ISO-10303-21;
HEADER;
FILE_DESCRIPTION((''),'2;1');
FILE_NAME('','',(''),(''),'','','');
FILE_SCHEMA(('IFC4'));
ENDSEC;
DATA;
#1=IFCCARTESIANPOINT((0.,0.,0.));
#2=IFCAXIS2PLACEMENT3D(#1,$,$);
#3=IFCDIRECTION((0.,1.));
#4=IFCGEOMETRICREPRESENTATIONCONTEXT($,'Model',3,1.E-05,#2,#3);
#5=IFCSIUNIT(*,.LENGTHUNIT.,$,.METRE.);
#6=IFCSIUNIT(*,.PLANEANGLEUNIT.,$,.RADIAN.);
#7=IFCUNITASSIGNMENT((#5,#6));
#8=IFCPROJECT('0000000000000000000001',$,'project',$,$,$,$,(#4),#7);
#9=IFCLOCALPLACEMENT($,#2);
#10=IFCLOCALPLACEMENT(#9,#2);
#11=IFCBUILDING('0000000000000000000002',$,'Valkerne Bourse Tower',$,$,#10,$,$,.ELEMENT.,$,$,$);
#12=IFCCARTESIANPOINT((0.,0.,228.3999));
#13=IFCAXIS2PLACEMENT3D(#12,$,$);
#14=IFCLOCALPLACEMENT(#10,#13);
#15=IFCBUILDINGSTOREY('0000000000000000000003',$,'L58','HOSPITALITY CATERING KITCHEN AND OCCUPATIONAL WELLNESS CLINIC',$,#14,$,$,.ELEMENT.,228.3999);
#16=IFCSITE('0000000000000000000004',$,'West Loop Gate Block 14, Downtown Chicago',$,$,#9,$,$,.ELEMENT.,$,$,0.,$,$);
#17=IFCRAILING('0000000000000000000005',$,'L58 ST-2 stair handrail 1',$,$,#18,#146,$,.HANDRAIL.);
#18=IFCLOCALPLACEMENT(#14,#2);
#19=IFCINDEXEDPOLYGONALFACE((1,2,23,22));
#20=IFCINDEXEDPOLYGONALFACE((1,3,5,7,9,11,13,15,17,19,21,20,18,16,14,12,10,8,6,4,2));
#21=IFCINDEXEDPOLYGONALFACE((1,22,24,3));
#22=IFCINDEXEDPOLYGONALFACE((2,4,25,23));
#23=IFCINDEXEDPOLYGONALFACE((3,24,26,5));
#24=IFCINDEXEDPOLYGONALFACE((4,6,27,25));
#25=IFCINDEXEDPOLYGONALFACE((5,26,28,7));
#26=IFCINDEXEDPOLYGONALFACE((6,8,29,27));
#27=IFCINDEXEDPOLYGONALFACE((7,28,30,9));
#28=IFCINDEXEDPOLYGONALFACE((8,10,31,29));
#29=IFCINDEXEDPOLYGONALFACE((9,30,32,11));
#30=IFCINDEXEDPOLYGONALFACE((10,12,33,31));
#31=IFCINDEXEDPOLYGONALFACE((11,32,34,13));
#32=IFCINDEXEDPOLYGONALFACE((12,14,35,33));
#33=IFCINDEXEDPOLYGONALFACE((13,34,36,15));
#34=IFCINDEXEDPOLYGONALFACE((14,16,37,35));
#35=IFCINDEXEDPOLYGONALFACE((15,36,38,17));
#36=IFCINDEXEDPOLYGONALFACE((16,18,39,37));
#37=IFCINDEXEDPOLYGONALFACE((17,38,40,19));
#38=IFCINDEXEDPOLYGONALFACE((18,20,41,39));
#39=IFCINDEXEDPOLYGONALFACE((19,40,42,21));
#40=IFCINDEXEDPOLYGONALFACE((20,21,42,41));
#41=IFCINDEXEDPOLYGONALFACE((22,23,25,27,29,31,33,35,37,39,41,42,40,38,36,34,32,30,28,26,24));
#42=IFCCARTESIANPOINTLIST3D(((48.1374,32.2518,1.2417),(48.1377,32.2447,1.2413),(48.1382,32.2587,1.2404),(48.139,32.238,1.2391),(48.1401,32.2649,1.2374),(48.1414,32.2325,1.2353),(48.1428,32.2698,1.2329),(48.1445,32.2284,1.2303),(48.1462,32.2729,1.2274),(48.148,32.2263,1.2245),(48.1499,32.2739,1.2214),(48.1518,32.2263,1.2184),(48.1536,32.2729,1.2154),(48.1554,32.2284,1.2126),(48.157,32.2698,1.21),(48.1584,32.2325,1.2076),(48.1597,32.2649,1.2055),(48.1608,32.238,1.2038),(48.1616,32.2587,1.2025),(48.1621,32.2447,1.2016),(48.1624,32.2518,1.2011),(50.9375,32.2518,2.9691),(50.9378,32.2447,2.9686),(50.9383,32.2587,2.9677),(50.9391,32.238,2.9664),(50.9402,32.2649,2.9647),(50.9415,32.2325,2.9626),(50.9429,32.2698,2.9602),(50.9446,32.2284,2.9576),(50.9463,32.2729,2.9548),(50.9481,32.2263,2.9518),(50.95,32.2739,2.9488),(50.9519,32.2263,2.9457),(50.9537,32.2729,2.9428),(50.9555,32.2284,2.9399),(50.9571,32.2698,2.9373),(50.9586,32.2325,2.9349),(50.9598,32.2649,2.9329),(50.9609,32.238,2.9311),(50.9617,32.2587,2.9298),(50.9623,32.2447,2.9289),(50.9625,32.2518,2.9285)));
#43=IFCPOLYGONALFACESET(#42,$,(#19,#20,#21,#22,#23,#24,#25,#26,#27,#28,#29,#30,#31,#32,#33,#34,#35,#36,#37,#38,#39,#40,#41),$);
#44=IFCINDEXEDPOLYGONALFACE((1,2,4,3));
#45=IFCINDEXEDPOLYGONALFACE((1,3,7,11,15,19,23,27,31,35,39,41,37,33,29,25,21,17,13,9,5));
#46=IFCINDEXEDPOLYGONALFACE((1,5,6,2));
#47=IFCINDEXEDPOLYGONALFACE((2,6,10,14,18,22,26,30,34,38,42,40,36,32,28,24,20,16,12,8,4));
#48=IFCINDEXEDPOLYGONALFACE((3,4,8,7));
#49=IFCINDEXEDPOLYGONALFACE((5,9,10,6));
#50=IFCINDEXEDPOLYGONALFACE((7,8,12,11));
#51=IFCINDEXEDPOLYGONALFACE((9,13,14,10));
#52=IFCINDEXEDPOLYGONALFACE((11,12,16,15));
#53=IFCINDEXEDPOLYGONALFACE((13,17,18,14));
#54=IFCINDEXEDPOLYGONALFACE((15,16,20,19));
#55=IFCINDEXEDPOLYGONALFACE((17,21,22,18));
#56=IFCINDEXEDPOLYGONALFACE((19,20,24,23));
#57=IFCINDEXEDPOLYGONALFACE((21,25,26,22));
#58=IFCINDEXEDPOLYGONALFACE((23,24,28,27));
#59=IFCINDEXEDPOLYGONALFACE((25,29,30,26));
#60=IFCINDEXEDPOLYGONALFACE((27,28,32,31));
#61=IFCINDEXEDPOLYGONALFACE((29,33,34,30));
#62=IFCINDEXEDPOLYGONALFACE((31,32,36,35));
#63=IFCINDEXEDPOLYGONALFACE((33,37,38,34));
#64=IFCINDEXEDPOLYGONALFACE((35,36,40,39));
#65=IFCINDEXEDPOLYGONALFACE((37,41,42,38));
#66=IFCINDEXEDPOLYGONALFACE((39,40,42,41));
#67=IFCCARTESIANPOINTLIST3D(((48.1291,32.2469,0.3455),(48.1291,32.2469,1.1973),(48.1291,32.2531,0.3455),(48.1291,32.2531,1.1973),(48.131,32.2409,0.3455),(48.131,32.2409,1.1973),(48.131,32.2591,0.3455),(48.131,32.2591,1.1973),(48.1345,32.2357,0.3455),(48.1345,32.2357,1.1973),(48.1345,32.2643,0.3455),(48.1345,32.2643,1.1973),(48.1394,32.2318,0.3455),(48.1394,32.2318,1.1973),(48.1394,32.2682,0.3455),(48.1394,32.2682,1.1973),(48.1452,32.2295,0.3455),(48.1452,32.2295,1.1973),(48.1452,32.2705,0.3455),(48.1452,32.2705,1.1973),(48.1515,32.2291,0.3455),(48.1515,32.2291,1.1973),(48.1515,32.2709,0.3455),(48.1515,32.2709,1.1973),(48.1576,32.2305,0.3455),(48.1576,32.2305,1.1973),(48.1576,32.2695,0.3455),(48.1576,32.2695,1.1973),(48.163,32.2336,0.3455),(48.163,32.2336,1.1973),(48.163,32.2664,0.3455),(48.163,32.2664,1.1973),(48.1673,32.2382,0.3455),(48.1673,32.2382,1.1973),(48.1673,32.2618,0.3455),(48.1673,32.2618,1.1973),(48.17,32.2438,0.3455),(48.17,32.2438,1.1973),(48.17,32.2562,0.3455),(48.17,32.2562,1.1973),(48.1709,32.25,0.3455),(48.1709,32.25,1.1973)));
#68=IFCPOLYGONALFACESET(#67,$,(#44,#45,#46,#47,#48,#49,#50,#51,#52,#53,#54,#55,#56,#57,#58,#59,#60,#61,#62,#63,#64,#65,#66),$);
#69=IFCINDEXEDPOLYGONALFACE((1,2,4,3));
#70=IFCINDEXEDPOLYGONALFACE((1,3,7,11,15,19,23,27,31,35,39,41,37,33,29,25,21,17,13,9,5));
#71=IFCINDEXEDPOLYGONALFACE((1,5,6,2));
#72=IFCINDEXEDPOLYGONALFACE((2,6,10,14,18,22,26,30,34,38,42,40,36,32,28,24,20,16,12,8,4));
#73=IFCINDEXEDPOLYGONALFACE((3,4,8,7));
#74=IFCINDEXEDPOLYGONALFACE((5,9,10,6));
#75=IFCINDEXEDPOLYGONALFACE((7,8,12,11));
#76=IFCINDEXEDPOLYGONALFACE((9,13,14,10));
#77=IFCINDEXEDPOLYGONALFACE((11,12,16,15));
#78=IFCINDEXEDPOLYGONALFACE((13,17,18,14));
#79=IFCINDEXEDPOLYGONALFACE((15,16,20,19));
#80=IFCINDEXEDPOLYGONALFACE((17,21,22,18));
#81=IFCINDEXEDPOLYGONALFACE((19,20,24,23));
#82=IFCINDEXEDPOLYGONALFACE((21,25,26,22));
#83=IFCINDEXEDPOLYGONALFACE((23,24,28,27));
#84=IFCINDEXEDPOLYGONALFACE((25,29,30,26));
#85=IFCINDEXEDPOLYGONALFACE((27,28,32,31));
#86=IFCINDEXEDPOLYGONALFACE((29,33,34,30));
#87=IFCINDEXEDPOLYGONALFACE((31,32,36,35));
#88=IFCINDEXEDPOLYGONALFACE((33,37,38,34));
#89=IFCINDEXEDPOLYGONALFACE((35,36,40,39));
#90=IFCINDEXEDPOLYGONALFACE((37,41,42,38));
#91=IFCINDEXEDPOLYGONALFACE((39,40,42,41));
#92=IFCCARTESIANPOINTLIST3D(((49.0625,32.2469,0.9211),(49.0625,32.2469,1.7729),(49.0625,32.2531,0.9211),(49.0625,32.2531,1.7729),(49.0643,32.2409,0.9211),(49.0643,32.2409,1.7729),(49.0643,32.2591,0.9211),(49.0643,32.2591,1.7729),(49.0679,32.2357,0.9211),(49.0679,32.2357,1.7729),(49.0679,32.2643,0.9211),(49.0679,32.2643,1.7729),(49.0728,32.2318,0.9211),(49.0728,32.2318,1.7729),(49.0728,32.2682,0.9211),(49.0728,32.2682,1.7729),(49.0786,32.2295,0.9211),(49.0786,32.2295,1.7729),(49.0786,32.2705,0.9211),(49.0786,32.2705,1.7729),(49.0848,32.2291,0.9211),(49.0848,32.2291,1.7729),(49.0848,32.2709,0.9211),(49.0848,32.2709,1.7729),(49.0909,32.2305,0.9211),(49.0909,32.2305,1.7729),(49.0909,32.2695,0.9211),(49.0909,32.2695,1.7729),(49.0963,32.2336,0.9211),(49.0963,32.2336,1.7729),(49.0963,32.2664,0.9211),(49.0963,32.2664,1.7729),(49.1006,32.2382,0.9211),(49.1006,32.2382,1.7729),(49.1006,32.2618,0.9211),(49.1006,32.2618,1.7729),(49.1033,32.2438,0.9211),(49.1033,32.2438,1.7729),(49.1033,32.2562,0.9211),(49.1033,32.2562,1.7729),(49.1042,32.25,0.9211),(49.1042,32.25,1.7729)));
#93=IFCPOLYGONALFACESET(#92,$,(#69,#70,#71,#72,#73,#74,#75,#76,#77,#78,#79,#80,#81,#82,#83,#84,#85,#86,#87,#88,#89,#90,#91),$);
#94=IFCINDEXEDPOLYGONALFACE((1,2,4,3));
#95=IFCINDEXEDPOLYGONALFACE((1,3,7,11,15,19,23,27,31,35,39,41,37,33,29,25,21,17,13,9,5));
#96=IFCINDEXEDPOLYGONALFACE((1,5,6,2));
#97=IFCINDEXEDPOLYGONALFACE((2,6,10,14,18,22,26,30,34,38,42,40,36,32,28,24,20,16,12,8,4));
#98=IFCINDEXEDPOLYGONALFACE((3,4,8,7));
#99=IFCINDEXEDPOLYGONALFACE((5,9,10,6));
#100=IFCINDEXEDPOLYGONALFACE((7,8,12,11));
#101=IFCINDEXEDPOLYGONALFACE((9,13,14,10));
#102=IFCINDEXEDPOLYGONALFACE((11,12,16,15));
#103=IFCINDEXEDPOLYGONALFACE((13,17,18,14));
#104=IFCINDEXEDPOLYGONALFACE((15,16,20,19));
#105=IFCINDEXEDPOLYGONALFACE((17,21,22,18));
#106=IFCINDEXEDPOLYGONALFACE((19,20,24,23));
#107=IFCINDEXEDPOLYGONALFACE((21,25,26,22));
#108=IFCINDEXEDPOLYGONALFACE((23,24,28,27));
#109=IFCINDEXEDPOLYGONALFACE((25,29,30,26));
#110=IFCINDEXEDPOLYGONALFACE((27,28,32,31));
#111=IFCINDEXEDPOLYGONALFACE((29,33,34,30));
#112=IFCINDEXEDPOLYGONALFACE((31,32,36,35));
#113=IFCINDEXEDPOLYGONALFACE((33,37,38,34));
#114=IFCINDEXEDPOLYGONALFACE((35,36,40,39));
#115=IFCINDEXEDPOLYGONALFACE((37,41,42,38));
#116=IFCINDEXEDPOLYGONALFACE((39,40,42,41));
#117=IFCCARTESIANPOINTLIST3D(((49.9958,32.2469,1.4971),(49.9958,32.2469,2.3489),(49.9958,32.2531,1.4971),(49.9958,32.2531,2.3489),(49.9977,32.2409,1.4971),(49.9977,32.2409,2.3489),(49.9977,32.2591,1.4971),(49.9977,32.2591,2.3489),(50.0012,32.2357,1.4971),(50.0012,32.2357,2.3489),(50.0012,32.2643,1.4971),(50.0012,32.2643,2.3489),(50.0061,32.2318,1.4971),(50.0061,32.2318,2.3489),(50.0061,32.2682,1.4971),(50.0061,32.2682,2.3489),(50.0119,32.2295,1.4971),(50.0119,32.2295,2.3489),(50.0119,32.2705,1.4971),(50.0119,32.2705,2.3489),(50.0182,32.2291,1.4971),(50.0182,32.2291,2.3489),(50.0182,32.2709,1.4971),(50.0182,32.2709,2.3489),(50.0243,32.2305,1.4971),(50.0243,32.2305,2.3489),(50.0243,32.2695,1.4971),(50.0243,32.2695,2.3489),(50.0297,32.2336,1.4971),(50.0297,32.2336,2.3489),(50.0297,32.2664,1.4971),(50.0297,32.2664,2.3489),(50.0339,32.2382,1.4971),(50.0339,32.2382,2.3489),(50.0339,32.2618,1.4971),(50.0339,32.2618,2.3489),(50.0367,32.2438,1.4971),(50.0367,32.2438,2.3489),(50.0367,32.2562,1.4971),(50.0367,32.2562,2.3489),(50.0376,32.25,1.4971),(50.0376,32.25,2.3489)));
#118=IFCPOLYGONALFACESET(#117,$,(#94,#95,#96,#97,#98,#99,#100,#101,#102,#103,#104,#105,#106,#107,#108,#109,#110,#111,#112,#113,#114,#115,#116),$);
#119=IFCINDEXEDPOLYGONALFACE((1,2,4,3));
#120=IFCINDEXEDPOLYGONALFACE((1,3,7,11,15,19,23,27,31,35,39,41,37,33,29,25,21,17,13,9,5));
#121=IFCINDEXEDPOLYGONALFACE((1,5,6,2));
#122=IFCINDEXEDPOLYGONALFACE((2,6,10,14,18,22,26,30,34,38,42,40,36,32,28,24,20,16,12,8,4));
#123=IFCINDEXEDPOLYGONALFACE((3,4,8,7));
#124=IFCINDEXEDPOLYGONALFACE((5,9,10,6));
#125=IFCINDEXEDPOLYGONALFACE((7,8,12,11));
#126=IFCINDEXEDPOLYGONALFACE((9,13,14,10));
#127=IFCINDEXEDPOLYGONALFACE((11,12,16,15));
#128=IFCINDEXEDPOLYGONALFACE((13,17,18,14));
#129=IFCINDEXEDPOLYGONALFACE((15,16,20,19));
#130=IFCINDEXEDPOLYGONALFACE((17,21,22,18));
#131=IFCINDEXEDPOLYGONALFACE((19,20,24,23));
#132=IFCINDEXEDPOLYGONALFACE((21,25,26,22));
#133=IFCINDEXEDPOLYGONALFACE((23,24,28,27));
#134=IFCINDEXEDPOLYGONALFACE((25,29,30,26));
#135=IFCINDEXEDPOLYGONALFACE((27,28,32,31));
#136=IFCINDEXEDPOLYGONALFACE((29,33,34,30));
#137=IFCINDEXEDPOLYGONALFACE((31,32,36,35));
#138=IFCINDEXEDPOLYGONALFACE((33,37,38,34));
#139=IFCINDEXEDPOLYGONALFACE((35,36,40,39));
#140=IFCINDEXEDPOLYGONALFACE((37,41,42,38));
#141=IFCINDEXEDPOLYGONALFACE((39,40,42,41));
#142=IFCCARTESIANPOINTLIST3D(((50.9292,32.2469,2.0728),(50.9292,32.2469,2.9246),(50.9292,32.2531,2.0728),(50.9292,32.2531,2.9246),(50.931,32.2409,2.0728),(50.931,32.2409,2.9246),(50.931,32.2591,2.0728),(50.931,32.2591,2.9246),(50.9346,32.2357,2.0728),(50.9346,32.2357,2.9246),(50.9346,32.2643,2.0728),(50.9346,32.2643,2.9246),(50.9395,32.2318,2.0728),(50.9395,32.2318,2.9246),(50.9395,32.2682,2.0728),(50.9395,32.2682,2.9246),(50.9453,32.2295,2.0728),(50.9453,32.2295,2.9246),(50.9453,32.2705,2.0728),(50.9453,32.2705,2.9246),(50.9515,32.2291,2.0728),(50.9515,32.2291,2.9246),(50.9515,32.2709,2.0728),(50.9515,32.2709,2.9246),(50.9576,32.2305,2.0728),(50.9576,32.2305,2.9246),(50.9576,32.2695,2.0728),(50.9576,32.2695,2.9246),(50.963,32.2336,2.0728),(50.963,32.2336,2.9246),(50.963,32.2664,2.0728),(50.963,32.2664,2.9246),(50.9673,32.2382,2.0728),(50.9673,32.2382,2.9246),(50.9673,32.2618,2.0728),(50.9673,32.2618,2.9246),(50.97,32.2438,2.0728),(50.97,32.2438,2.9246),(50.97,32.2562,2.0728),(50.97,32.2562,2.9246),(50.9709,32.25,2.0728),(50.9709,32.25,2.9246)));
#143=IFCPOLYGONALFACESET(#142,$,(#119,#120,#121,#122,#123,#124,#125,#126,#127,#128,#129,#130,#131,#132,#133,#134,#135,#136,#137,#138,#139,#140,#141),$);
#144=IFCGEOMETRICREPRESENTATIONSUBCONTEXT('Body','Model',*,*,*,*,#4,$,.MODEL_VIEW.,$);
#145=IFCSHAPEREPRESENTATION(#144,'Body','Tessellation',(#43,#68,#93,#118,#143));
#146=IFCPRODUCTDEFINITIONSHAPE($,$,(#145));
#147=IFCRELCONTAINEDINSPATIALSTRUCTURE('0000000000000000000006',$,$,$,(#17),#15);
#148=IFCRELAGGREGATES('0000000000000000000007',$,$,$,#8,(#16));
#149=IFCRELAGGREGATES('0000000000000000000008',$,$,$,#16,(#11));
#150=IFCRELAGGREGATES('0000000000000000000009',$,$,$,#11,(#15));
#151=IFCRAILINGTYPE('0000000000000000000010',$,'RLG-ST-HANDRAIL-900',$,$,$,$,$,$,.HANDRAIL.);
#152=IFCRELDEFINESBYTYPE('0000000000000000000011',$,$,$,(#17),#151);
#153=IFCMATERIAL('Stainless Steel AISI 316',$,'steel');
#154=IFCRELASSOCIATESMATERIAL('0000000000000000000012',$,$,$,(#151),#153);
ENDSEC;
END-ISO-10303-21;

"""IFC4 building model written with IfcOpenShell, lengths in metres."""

from ifc_helpers import new_model, si_unit, direction, frame, origin, origin_2d, place, context, subcontext, project, spatial, circle, extrude, material, type_object, element, save


model = new_model("IFC4")

# Units and contexts
model_context = context("Model", 3, precision=1e-05, world=origin(), true_north=direction((0.0, 1.0)))
body_context = subcontext(model_context, "Body", "Model", "MODEL_VIEW")
ifc_project = project(units=[si_unit("LENGTHUNIT", "METRE"), si_unit("PLANEANGLEUNIT", "RADIAN")], contexts=[model_context])

# Site, building, storey
site_placement = place(None, origin())
site = spatial("IfcSite", under=ifc_project, at=site_placement, Name="West Loop Gate Block 14, Downtown Chicago", CompositionType="ELEMENT", RefElevation=0.0)
building_placement = place(site_placement, origin())
building = spatial("IfcBuilding", under=site, at=building_placement, Name="Valkerne Bourse Tower", CompositionType="ELEMENT")
storey_placement = place(building_placement, frame((0.0, 0.0, 228.3999)))
storey = spatial("IfcBuildingStorey", under=building, at=storey_placement, Name="L58", Description="HOSPITALITY CATERING KITCHEN AND OCCUPATIONAL WELLNESS CLINIC", CompositionType="ELEMENT", Elevation=228.3999)

# Shared definitions
ifc_material_1 = material(Name="Stainless Steel AISI 316", Category="steel")

# Railing
railing_type_1 = type_object("IfcRailingType", Name="RLG-ST-HANDRAIL-900", PredefinedType="HANDRAIL", material=ifc_material_1)
railing_1_placement = place(storey_placement, frame((48.1499, 32.25, 0.3455)))
element("IfcRailing", 1, at=railing_1_placement, inside=storey, type_object=railing_type_1, Name="L58 ST-2 stair handrail 1", PredefinedType="HANDRAIL", context=body_context, shape_type="SweptSolid", body=[
    extrude(circle(Radius=0.0239, at=origin_2d()), frame((0.0, 0.0, 0.876), z_axis=(0.85109, 0.0, 0.52502), x_axis=(0.0, 1.0, 0.0)), (0.0, 0.0, 1.0), 3.29),
    extrude(circle(Radius=0.021, at=origin_2d()), origin(), (0.0, 0.0, 1.0), 0.8518),
    extrude(circle(Radius=0.021, at=origin_2d()), frame((0.9333, 0.0, 0.5757)), (0.0, 0.0, 1.0), 0.8518),
    extrude(circle(Radius=0.021, at=origin_2d()), frame((1.8667, 0.0, 1.1516)), (0.0, 0.0, 1.0), 0.8518),
    extrude(circle(Radius=0.021, at=origin_2d()), frame((2.8, 0.0, 1.7273)), (0.0, 0.0, 1.0), 0.8518),
])

save(model, "model.ifc")
